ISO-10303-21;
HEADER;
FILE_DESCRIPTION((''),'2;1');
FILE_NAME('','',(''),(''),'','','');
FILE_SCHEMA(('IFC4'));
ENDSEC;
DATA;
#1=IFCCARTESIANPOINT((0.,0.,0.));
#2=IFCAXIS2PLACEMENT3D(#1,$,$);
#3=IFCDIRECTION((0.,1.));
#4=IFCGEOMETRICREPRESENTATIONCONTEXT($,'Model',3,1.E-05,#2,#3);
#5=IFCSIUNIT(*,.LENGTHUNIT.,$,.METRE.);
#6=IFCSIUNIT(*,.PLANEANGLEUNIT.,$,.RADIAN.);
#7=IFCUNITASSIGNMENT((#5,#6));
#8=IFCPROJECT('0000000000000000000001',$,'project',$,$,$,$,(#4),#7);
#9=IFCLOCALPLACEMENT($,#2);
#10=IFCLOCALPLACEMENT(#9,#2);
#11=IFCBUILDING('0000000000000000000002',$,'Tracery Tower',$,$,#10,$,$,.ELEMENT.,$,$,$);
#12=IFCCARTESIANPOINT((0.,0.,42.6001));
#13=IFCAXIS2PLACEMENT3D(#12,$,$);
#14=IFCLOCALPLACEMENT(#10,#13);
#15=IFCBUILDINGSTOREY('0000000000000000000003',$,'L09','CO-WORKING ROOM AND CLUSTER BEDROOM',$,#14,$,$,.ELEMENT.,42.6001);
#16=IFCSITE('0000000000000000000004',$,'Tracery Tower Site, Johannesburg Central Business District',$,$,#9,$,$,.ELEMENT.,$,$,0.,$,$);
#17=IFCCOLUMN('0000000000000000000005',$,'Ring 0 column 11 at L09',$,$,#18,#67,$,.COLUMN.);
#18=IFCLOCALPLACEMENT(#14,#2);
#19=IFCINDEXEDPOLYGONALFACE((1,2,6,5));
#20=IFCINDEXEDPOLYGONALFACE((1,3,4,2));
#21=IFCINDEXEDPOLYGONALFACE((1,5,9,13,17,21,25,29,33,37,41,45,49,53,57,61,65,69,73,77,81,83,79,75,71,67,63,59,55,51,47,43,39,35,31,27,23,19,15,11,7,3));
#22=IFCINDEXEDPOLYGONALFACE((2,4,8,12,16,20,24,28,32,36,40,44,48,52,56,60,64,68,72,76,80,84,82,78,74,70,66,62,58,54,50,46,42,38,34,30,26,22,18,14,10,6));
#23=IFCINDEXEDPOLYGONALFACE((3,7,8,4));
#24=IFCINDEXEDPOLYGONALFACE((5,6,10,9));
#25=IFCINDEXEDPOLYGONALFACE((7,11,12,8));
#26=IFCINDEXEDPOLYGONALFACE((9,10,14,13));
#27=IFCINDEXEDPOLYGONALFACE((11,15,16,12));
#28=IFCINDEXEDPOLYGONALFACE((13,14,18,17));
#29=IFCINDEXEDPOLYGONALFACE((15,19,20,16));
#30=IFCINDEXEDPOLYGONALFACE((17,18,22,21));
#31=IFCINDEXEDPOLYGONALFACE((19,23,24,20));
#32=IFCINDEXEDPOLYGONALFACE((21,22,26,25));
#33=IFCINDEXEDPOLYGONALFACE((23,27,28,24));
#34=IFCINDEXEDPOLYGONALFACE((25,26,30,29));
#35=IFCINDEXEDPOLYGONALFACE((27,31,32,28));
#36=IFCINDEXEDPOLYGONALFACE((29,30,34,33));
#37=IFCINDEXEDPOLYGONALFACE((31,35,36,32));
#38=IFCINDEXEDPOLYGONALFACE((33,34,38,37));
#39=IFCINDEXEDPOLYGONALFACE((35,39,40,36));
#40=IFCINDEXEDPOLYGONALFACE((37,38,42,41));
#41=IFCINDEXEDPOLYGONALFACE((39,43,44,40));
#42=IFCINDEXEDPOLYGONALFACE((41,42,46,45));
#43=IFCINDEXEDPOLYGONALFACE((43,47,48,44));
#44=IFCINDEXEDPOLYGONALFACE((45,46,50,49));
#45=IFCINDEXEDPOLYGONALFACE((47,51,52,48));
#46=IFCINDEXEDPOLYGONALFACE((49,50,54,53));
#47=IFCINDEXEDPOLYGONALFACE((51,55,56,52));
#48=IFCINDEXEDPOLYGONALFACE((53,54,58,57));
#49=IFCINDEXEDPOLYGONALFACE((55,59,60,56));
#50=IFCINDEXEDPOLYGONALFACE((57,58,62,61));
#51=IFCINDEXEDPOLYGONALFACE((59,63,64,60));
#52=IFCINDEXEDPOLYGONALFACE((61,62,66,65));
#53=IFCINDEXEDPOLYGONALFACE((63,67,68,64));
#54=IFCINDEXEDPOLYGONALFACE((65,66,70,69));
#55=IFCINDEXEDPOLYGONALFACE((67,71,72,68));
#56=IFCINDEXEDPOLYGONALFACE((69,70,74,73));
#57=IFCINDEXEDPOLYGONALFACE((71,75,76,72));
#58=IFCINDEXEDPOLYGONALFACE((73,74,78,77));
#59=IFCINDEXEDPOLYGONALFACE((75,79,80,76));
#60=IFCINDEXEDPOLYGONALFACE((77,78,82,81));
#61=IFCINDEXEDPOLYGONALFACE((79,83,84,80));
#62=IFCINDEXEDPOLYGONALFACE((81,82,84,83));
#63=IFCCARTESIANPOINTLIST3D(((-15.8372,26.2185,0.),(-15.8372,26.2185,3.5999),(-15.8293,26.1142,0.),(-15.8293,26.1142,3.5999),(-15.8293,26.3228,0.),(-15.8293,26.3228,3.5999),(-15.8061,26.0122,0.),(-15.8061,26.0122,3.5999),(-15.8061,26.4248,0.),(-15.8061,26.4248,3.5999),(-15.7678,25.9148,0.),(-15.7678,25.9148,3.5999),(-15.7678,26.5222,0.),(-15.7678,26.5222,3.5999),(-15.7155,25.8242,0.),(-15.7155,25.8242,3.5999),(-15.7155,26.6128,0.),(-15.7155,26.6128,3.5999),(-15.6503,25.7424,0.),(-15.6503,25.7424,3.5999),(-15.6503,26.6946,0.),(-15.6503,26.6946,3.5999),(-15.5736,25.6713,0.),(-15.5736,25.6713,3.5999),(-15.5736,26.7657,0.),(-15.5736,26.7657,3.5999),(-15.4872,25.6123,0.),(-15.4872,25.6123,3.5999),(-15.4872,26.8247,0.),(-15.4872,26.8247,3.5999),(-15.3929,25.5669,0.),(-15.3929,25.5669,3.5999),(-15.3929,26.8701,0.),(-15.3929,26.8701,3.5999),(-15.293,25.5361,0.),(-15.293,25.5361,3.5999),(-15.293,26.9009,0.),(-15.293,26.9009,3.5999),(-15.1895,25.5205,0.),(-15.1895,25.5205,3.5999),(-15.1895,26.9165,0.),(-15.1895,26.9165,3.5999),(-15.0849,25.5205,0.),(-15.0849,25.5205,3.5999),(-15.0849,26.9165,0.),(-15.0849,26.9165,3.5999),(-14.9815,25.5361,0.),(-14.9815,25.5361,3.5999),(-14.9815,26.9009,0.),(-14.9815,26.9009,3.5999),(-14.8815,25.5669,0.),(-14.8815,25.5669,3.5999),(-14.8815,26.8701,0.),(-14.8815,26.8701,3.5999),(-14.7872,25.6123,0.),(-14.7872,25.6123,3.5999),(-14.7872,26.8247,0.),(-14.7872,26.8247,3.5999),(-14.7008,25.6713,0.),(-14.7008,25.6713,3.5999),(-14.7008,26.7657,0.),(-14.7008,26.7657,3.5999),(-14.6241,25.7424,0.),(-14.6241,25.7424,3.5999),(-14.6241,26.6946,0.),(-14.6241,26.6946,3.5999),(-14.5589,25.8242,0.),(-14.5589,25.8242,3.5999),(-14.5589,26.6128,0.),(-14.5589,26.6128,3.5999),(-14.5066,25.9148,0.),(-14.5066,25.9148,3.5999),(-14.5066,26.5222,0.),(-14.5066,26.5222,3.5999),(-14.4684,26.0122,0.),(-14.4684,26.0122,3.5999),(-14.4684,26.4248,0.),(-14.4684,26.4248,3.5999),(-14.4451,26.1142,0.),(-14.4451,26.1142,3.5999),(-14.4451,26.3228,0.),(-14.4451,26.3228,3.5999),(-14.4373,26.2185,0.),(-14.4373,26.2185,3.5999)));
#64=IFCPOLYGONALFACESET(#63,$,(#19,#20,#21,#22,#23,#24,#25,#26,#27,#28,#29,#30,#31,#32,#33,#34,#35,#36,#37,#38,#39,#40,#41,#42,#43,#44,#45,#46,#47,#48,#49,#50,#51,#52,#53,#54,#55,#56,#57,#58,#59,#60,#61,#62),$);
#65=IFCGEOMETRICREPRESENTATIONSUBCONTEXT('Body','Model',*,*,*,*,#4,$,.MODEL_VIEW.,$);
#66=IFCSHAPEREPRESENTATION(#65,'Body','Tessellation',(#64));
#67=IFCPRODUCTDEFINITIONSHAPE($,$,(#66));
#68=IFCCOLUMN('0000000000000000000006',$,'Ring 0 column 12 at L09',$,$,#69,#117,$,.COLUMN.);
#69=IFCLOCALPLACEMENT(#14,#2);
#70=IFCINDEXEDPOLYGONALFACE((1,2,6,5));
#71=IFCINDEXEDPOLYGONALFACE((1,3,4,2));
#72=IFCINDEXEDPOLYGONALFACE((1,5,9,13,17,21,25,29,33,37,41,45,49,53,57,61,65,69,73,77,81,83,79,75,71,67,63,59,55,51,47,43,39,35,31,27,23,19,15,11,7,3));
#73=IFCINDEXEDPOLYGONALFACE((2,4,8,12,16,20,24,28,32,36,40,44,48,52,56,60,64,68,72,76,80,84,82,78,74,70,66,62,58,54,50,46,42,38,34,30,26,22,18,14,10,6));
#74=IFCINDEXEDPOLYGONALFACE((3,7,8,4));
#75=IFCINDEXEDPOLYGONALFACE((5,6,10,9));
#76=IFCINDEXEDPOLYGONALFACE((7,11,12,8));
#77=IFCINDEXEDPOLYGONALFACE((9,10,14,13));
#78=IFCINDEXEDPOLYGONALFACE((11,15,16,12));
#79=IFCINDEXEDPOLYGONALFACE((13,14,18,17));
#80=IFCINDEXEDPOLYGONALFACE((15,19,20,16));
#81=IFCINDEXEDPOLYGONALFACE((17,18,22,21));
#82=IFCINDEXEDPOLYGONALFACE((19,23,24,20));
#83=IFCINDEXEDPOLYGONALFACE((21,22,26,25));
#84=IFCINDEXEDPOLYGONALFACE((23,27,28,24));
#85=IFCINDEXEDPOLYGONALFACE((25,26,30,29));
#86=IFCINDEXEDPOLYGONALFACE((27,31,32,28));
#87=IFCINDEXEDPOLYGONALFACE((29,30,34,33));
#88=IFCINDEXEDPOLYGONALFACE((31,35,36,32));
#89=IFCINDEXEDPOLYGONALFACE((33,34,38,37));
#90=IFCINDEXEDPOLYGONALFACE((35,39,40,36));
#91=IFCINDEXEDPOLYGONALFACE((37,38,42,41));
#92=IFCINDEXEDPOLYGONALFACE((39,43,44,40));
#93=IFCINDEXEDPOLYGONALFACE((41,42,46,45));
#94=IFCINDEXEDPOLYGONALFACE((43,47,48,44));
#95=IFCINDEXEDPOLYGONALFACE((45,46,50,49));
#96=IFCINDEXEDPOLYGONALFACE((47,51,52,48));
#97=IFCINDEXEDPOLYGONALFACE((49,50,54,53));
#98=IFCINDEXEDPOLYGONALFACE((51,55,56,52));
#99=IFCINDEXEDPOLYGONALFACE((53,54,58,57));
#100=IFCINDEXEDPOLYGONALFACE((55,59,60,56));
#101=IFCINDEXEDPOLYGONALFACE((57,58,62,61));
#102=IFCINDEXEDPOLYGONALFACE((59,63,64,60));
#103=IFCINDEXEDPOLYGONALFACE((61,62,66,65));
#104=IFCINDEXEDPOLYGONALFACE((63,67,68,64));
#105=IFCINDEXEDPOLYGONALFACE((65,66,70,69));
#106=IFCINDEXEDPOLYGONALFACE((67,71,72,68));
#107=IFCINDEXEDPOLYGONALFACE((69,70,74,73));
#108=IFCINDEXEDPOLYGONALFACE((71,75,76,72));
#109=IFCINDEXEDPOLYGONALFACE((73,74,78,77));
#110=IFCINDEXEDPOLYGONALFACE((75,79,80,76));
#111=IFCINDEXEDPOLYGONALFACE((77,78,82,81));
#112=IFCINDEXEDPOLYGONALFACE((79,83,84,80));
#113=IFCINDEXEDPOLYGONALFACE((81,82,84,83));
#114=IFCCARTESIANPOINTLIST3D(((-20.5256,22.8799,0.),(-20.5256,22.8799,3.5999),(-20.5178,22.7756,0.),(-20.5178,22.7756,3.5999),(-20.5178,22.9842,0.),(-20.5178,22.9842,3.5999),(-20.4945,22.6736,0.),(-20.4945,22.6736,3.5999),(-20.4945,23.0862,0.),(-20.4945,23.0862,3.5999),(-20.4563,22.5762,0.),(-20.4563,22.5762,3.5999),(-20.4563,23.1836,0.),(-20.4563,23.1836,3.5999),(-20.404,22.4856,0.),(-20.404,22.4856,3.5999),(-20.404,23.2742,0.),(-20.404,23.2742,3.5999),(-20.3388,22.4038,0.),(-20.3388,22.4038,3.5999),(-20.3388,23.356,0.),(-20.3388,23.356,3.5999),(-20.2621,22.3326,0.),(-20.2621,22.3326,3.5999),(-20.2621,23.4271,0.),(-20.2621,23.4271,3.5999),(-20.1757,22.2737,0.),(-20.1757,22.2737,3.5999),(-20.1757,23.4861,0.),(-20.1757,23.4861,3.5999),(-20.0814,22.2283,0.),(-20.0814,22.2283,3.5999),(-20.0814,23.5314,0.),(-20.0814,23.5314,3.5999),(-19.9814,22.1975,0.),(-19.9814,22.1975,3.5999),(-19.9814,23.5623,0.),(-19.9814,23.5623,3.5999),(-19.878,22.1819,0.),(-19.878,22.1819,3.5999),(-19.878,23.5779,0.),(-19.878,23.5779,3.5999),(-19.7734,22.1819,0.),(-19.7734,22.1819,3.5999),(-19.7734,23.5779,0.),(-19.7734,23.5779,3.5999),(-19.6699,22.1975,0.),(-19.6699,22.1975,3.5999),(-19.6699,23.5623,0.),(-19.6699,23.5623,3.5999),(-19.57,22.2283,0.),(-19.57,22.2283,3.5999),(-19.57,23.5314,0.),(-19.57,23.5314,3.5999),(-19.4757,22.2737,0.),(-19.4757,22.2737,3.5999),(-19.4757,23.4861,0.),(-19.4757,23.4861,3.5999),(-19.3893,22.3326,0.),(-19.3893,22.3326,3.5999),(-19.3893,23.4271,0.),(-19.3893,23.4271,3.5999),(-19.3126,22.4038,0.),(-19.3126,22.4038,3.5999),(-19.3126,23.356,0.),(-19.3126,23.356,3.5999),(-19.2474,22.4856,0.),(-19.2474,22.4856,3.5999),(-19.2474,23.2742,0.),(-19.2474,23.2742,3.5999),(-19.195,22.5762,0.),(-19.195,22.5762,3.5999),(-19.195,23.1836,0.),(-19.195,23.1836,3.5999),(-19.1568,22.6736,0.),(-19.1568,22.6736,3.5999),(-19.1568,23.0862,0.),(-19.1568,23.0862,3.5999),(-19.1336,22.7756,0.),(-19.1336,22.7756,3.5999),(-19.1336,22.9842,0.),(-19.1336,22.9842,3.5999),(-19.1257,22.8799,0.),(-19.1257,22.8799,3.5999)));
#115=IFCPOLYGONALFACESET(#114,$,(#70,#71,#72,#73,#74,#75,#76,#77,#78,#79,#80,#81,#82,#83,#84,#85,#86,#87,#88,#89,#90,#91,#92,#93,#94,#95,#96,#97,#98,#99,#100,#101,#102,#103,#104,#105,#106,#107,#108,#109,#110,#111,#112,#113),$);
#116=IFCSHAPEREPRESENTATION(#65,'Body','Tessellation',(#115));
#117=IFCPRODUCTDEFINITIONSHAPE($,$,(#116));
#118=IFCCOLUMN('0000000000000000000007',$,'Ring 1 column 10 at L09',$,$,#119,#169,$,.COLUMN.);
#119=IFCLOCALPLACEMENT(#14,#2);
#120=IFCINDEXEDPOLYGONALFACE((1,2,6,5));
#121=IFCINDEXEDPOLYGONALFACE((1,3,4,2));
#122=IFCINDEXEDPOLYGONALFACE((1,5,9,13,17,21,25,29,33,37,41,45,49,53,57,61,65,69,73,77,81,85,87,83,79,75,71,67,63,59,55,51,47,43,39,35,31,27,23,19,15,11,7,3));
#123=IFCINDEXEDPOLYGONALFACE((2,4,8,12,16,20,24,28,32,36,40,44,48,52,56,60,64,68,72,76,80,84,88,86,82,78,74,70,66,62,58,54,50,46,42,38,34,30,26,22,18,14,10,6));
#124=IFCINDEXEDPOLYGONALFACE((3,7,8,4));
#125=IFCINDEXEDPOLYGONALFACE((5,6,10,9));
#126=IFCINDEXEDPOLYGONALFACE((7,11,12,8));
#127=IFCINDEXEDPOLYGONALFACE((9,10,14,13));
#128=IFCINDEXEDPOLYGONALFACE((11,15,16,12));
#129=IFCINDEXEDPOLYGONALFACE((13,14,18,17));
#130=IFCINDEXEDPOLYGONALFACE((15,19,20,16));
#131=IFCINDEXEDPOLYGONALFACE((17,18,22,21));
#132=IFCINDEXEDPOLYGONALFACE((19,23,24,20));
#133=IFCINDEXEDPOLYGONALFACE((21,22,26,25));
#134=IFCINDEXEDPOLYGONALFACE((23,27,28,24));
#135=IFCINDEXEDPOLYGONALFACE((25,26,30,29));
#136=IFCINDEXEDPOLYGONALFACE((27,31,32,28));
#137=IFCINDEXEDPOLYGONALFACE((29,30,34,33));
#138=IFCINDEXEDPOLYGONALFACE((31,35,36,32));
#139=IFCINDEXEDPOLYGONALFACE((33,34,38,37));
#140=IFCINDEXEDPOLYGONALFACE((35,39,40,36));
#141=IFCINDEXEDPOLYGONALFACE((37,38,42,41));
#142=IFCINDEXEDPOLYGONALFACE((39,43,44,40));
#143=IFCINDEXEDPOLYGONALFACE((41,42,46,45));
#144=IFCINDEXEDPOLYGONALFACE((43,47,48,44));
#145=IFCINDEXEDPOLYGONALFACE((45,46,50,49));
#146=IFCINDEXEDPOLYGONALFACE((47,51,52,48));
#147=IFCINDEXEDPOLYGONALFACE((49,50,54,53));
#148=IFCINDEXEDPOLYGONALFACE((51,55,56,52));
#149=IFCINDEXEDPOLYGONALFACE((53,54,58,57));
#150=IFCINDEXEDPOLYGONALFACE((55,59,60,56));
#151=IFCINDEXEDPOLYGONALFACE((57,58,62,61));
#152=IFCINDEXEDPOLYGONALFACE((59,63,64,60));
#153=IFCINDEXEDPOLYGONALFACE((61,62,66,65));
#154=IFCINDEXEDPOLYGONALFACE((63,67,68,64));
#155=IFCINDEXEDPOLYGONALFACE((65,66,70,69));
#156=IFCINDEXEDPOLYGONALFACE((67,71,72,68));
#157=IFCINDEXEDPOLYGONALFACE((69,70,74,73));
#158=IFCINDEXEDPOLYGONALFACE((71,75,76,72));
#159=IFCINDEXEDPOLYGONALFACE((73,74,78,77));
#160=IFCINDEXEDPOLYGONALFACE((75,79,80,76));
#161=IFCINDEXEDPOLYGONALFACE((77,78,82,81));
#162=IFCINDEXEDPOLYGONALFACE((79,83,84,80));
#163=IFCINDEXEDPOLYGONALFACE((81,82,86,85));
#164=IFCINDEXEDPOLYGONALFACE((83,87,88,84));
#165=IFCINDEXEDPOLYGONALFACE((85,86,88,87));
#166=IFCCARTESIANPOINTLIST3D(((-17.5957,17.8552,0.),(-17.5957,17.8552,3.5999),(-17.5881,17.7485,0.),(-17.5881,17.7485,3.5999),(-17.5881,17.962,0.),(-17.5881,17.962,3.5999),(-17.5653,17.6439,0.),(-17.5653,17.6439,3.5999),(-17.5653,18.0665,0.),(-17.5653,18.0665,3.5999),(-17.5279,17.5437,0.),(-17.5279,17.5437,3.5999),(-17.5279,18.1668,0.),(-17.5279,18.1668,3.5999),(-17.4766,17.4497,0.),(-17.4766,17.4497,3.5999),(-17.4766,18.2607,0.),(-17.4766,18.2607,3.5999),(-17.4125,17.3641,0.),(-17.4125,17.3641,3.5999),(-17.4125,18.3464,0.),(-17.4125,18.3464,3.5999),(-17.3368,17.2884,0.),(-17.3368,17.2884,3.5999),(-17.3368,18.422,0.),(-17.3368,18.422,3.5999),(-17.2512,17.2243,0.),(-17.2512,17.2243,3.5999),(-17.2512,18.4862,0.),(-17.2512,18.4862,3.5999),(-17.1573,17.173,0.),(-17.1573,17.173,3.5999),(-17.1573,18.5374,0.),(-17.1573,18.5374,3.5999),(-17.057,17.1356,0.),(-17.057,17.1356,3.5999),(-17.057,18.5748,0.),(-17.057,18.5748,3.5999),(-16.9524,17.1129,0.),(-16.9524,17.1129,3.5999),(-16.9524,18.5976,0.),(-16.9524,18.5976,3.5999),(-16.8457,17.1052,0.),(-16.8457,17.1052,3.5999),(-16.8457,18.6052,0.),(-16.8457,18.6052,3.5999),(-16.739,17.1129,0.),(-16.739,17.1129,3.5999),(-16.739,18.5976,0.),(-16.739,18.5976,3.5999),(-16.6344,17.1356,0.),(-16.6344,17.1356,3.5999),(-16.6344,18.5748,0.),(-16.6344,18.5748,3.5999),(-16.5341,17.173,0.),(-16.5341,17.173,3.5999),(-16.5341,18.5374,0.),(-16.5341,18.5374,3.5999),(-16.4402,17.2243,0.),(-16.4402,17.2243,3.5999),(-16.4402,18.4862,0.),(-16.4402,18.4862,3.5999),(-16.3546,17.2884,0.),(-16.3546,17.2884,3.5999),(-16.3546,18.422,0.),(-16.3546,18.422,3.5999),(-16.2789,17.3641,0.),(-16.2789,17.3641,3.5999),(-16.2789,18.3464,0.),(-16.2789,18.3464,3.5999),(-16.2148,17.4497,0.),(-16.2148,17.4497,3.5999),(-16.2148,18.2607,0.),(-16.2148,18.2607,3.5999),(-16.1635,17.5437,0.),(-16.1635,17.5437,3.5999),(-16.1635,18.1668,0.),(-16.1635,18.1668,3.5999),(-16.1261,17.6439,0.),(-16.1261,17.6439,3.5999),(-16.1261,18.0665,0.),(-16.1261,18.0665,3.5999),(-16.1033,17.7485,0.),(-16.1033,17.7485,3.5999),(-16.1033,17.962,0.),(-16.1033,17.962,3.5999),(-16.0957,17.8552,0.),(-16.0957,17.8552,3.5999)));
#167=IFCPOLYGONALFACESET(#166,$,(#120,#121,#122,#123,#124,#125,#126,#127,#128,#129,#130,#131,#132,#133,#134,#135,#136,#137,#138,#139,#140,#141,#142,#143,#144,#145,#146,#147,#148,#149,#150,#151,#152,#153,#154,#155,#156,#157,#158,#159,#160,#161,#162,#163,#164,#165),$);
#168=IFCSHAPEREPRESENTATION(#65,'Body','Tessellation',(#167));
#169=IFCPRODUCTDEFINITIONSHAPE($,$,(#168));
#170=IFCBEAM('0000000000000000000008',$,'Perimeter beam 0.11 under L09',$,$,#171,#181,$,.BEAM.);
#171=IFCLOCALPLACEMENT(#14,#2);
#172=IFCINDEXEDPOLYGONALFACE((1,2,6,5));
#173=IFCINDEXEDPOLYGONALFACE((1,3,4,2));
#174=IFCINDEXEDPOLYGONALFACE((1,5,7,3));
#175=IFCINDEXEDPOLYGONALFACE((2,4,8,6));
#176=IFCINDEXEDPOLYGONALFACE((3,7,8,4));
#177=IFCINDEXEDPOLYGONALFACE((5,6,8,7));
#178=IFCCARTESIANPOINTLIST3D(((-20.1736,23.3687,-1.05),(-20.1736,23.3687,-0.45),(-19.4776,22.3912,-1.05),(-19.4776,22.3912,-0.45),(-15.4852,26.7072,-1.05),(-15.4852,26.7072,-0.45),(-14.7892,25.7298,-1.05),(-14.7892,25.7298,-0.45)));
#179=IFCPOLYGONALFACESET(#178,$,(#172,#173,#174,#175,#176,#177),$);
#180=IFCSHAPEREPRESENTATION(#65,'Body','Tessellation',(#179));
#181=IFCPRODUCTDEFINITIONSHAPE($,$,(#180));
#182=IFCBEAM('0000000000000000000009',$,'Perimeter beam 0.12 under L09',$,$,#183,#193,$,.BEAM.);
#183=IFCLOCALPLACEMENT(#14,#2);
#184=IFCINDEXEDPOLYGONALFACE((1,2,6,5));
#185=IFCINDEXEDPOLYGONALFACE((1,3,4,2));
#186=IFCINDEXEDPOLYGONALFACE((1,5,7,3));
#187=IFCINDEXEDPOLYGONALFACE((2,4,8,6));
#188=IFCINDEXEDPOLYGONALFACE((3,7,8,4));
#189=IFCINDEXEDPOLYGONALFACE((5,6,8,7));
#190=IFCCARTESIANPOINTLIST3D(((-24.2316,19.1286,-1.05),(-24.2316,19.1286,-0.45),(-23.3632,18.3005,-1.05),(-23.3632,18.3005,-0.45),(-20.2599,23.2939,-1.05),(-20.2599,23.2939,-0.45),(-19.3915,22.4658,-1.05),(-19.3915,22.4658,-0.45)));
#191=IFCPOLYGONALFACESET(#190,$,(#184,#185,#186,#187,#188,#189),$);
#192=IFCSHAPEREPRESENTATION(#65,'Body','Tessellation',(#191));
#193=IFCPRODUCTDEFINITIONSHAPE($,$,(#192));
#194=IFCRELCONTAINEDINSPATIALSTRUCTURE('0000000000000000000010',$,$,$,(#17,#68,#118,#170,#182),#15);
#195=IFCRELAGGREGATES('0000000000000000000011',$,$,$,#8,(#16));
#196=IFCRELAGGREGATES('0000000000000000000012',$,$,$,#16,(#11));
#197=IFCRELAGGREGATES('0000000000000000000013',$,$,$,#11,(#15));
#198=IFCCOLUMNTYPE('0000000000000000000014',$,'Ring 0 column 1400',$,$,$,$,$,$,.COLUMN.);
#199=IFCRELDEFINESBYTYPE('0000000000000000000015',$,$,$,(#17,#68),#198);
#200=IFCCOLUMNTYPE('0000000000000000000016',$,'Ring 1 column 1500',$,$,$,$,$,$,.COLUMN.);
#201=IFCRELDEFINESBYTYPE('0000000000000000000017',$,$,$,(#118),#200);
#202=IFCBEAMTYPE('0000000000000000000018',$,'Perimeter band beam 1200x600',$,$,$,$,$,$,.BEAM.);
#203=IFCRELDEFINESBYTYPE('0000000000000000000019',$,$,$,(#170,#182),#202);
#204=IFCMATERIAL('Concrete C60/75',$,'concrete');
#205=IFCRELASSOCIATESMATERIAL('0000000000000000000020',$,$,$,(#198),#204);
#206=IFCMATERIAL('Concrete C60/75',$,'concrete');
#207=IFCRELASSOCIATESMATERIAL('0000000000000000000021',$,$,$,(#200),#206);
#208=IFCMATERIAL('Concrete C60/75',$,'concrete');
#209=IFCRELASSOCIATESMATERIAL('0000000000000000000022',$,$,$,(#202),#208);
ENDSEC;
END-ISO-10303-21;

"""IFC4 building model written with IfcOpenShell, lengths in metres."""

from ifc_helpers import new_model, si_unit, direction, frame, origin, origin_2d, place, context, subcontext, project, spatial, rectangle, circle, extrude, material, material_profile, profile_set, type_object, element, save


model = new_model("IFC4")

# Units and contexts
model_context = context("Model", 3, precision=1e-05, world=origin(), true_north=direction((0.0, 1.0)))
body_context = subcontext(model_context, "Body", "Model", "MODEL_VIEW")
ifc_project = project(units=[si_unit("LENGTHUNIT", "METRE"), si_unit("PLANEANGLEUNIT", "RADIAN")], contexts=[model_context])

# Site, building, storey
site_placement = place(None, origin())
site = spatial("IfcSite", under=ifc_project, at=site_placement, Name="Tracery Tower Site, Johannesburg Central Business District", CompositionType="ELEMENT", RefElevation=0.0)
building_placement = place(site_placement, origin())
building = spatial("IfcBuilding", under=site, at=building_placement, Name="Tracery Tower", CompositionType="ELEMENT")
storey_placement = place(building_placement, frame((0.0, 0.0, 42.6001)))
storey = spatial("IfcBuildingStorey", under=building, at=storey_placement, Name="L09", Description="CO-WORKING ROOM AND CLUSTER BEDROOM", CompositionType="ELEMENT", Elevation=42.6001)

# Columns
ifc_material_1 = material(Name="Concrete C60/75", Category="concrete")
ifc_material_profile_1 = material_profile(ifc_material_1, circle(Radius=0.7, at=origin_2d()), Name="RC D1400")
ifc_profile_set_1 = profile_set([ifc_material_profile_1], Name="Concrete C60/75")
column_type_1 = type_object("IfcColumnType", Name="Ring 0 column 1400", PredefinedType="COLUMN", material=ifc_profile_set_1)
for number, where, z_axis, x_axis, name in (
    (1, (-15.1372, 26.2185, 0.0), (0.0, 0.0, 1.0), (1.0, 0.0, 0.0), "Ring 0 column 11 at L09"),
    (2, (-19.8257, 22.8799, 0.0), (0.0, 0.0, 1.0), (1.0, 0.0, 0.0), "Ring 0 column 12 at L09"),
):
    element("IfcColumn", number, at=place(storey_placement, frame(where, z_axis=z_axis, x_axis=x_axis)), inside=storey, type_object=column_type_1, Name=name, PredefinedType="COLUMN", context=body_context, shape_type="SweptSolid", body=[
        extrude(circle(Radius=0.7, at=origin_2d()), origin(), (0.0, 0.0, 1.0), 3.5999),
    ])
ifc_material_2 = material(Name="Concrete C60/75", Category="concrete")
ifc_material_profile_2 = material_profile(ifc_material_2, circle(Radius=0.75, at=origin_2d()), Name="RC D1500")
ifc_profile_set_2 = profile_set([ifc_material_profile_2], Name="Concrete C60/75")
column_type_2 = type_object("IfcColumnType", Name="Ring 1 column 1500", PredefinedType="COLUMN", material=ifc_profile_set_2)
column_placement = place(storey_placement, frame((-16.8457, 17.8552, 0.0), z_axis=(0.0, 0.0, 1.0), x_axis=(1.0, 0.0, 0.0)))
element("IfcColumn", 3, at=column_placement, inside=storey, type_object=column_type_2, Name="Ring 1 column 10 at L09", PredefinedType="COLUMN", context=body_context, shape_type="SweptSolid", body=[
    extrude(circle(Radius=0.75, at=origin_2d()), origin(), (0.0, 0.0, 1.0), 3.5999),
])

# Beams
ifc_material_3 = material(Name="Concrete C60/75", Category="concrete")
ifc_material_profile_3 = material_profile(ifc_material_3, rectangle(XDim=1.2, YDim=0.6001, at=origin_2d()), Name="RC 1200x600")
ifc_profile_set_3 = profile_set([ifc_material_profile_3], Name="Concrete C60/75")
beam_type = type_object("IfcBeamType", Name="Perimeter band beam 1200x600", PredefinedType="BEAM", material=ifc_profile_set_3)
beam_1_placement = place(storey_placement, frame((-15.1372, 26.2185, -0.75), z_axis=(-0.814578, -0.580054, 0.0), x_axis=(0.580054, -0.814578, 0.0)))
element("IfcBeam", 4, at=beam_1_placement, inside=storey, type_object=beam_type, Name="Perimeter beam 0.11 under L09", PredefinedType="BEAM", context=body_context, shape_type="SweptSolid", body=[
    extrude(rectangle(XDim=1.2, YDim=0.6001, at=origin_2d()), origin(), (0.0, 0.0, 1.0), 5.7556),
])
beam_2_placement = place(storey_placement, frame((-19.8257, 22.8799, -0.75), z_axis=(-0.690087, -0.723726, 0.0), x_axis=(0.723726, -0.690087, 0.0)))
element("IfcBeam", 5, at=beam_2_placement, inside=storey, type_object=beam_type, Name="Perimeter beam 0.12 under L09", PredefinedType="BEAM", context=body_context, shape_type="SweptSolid", body=[
    extrude(rectangle(XDim=1.2, YDim=0.6001, at=origin_2d()), origin(), (0.0, 0.0, 1.0), 5.7554),
])

save(model, "model.ifc")
